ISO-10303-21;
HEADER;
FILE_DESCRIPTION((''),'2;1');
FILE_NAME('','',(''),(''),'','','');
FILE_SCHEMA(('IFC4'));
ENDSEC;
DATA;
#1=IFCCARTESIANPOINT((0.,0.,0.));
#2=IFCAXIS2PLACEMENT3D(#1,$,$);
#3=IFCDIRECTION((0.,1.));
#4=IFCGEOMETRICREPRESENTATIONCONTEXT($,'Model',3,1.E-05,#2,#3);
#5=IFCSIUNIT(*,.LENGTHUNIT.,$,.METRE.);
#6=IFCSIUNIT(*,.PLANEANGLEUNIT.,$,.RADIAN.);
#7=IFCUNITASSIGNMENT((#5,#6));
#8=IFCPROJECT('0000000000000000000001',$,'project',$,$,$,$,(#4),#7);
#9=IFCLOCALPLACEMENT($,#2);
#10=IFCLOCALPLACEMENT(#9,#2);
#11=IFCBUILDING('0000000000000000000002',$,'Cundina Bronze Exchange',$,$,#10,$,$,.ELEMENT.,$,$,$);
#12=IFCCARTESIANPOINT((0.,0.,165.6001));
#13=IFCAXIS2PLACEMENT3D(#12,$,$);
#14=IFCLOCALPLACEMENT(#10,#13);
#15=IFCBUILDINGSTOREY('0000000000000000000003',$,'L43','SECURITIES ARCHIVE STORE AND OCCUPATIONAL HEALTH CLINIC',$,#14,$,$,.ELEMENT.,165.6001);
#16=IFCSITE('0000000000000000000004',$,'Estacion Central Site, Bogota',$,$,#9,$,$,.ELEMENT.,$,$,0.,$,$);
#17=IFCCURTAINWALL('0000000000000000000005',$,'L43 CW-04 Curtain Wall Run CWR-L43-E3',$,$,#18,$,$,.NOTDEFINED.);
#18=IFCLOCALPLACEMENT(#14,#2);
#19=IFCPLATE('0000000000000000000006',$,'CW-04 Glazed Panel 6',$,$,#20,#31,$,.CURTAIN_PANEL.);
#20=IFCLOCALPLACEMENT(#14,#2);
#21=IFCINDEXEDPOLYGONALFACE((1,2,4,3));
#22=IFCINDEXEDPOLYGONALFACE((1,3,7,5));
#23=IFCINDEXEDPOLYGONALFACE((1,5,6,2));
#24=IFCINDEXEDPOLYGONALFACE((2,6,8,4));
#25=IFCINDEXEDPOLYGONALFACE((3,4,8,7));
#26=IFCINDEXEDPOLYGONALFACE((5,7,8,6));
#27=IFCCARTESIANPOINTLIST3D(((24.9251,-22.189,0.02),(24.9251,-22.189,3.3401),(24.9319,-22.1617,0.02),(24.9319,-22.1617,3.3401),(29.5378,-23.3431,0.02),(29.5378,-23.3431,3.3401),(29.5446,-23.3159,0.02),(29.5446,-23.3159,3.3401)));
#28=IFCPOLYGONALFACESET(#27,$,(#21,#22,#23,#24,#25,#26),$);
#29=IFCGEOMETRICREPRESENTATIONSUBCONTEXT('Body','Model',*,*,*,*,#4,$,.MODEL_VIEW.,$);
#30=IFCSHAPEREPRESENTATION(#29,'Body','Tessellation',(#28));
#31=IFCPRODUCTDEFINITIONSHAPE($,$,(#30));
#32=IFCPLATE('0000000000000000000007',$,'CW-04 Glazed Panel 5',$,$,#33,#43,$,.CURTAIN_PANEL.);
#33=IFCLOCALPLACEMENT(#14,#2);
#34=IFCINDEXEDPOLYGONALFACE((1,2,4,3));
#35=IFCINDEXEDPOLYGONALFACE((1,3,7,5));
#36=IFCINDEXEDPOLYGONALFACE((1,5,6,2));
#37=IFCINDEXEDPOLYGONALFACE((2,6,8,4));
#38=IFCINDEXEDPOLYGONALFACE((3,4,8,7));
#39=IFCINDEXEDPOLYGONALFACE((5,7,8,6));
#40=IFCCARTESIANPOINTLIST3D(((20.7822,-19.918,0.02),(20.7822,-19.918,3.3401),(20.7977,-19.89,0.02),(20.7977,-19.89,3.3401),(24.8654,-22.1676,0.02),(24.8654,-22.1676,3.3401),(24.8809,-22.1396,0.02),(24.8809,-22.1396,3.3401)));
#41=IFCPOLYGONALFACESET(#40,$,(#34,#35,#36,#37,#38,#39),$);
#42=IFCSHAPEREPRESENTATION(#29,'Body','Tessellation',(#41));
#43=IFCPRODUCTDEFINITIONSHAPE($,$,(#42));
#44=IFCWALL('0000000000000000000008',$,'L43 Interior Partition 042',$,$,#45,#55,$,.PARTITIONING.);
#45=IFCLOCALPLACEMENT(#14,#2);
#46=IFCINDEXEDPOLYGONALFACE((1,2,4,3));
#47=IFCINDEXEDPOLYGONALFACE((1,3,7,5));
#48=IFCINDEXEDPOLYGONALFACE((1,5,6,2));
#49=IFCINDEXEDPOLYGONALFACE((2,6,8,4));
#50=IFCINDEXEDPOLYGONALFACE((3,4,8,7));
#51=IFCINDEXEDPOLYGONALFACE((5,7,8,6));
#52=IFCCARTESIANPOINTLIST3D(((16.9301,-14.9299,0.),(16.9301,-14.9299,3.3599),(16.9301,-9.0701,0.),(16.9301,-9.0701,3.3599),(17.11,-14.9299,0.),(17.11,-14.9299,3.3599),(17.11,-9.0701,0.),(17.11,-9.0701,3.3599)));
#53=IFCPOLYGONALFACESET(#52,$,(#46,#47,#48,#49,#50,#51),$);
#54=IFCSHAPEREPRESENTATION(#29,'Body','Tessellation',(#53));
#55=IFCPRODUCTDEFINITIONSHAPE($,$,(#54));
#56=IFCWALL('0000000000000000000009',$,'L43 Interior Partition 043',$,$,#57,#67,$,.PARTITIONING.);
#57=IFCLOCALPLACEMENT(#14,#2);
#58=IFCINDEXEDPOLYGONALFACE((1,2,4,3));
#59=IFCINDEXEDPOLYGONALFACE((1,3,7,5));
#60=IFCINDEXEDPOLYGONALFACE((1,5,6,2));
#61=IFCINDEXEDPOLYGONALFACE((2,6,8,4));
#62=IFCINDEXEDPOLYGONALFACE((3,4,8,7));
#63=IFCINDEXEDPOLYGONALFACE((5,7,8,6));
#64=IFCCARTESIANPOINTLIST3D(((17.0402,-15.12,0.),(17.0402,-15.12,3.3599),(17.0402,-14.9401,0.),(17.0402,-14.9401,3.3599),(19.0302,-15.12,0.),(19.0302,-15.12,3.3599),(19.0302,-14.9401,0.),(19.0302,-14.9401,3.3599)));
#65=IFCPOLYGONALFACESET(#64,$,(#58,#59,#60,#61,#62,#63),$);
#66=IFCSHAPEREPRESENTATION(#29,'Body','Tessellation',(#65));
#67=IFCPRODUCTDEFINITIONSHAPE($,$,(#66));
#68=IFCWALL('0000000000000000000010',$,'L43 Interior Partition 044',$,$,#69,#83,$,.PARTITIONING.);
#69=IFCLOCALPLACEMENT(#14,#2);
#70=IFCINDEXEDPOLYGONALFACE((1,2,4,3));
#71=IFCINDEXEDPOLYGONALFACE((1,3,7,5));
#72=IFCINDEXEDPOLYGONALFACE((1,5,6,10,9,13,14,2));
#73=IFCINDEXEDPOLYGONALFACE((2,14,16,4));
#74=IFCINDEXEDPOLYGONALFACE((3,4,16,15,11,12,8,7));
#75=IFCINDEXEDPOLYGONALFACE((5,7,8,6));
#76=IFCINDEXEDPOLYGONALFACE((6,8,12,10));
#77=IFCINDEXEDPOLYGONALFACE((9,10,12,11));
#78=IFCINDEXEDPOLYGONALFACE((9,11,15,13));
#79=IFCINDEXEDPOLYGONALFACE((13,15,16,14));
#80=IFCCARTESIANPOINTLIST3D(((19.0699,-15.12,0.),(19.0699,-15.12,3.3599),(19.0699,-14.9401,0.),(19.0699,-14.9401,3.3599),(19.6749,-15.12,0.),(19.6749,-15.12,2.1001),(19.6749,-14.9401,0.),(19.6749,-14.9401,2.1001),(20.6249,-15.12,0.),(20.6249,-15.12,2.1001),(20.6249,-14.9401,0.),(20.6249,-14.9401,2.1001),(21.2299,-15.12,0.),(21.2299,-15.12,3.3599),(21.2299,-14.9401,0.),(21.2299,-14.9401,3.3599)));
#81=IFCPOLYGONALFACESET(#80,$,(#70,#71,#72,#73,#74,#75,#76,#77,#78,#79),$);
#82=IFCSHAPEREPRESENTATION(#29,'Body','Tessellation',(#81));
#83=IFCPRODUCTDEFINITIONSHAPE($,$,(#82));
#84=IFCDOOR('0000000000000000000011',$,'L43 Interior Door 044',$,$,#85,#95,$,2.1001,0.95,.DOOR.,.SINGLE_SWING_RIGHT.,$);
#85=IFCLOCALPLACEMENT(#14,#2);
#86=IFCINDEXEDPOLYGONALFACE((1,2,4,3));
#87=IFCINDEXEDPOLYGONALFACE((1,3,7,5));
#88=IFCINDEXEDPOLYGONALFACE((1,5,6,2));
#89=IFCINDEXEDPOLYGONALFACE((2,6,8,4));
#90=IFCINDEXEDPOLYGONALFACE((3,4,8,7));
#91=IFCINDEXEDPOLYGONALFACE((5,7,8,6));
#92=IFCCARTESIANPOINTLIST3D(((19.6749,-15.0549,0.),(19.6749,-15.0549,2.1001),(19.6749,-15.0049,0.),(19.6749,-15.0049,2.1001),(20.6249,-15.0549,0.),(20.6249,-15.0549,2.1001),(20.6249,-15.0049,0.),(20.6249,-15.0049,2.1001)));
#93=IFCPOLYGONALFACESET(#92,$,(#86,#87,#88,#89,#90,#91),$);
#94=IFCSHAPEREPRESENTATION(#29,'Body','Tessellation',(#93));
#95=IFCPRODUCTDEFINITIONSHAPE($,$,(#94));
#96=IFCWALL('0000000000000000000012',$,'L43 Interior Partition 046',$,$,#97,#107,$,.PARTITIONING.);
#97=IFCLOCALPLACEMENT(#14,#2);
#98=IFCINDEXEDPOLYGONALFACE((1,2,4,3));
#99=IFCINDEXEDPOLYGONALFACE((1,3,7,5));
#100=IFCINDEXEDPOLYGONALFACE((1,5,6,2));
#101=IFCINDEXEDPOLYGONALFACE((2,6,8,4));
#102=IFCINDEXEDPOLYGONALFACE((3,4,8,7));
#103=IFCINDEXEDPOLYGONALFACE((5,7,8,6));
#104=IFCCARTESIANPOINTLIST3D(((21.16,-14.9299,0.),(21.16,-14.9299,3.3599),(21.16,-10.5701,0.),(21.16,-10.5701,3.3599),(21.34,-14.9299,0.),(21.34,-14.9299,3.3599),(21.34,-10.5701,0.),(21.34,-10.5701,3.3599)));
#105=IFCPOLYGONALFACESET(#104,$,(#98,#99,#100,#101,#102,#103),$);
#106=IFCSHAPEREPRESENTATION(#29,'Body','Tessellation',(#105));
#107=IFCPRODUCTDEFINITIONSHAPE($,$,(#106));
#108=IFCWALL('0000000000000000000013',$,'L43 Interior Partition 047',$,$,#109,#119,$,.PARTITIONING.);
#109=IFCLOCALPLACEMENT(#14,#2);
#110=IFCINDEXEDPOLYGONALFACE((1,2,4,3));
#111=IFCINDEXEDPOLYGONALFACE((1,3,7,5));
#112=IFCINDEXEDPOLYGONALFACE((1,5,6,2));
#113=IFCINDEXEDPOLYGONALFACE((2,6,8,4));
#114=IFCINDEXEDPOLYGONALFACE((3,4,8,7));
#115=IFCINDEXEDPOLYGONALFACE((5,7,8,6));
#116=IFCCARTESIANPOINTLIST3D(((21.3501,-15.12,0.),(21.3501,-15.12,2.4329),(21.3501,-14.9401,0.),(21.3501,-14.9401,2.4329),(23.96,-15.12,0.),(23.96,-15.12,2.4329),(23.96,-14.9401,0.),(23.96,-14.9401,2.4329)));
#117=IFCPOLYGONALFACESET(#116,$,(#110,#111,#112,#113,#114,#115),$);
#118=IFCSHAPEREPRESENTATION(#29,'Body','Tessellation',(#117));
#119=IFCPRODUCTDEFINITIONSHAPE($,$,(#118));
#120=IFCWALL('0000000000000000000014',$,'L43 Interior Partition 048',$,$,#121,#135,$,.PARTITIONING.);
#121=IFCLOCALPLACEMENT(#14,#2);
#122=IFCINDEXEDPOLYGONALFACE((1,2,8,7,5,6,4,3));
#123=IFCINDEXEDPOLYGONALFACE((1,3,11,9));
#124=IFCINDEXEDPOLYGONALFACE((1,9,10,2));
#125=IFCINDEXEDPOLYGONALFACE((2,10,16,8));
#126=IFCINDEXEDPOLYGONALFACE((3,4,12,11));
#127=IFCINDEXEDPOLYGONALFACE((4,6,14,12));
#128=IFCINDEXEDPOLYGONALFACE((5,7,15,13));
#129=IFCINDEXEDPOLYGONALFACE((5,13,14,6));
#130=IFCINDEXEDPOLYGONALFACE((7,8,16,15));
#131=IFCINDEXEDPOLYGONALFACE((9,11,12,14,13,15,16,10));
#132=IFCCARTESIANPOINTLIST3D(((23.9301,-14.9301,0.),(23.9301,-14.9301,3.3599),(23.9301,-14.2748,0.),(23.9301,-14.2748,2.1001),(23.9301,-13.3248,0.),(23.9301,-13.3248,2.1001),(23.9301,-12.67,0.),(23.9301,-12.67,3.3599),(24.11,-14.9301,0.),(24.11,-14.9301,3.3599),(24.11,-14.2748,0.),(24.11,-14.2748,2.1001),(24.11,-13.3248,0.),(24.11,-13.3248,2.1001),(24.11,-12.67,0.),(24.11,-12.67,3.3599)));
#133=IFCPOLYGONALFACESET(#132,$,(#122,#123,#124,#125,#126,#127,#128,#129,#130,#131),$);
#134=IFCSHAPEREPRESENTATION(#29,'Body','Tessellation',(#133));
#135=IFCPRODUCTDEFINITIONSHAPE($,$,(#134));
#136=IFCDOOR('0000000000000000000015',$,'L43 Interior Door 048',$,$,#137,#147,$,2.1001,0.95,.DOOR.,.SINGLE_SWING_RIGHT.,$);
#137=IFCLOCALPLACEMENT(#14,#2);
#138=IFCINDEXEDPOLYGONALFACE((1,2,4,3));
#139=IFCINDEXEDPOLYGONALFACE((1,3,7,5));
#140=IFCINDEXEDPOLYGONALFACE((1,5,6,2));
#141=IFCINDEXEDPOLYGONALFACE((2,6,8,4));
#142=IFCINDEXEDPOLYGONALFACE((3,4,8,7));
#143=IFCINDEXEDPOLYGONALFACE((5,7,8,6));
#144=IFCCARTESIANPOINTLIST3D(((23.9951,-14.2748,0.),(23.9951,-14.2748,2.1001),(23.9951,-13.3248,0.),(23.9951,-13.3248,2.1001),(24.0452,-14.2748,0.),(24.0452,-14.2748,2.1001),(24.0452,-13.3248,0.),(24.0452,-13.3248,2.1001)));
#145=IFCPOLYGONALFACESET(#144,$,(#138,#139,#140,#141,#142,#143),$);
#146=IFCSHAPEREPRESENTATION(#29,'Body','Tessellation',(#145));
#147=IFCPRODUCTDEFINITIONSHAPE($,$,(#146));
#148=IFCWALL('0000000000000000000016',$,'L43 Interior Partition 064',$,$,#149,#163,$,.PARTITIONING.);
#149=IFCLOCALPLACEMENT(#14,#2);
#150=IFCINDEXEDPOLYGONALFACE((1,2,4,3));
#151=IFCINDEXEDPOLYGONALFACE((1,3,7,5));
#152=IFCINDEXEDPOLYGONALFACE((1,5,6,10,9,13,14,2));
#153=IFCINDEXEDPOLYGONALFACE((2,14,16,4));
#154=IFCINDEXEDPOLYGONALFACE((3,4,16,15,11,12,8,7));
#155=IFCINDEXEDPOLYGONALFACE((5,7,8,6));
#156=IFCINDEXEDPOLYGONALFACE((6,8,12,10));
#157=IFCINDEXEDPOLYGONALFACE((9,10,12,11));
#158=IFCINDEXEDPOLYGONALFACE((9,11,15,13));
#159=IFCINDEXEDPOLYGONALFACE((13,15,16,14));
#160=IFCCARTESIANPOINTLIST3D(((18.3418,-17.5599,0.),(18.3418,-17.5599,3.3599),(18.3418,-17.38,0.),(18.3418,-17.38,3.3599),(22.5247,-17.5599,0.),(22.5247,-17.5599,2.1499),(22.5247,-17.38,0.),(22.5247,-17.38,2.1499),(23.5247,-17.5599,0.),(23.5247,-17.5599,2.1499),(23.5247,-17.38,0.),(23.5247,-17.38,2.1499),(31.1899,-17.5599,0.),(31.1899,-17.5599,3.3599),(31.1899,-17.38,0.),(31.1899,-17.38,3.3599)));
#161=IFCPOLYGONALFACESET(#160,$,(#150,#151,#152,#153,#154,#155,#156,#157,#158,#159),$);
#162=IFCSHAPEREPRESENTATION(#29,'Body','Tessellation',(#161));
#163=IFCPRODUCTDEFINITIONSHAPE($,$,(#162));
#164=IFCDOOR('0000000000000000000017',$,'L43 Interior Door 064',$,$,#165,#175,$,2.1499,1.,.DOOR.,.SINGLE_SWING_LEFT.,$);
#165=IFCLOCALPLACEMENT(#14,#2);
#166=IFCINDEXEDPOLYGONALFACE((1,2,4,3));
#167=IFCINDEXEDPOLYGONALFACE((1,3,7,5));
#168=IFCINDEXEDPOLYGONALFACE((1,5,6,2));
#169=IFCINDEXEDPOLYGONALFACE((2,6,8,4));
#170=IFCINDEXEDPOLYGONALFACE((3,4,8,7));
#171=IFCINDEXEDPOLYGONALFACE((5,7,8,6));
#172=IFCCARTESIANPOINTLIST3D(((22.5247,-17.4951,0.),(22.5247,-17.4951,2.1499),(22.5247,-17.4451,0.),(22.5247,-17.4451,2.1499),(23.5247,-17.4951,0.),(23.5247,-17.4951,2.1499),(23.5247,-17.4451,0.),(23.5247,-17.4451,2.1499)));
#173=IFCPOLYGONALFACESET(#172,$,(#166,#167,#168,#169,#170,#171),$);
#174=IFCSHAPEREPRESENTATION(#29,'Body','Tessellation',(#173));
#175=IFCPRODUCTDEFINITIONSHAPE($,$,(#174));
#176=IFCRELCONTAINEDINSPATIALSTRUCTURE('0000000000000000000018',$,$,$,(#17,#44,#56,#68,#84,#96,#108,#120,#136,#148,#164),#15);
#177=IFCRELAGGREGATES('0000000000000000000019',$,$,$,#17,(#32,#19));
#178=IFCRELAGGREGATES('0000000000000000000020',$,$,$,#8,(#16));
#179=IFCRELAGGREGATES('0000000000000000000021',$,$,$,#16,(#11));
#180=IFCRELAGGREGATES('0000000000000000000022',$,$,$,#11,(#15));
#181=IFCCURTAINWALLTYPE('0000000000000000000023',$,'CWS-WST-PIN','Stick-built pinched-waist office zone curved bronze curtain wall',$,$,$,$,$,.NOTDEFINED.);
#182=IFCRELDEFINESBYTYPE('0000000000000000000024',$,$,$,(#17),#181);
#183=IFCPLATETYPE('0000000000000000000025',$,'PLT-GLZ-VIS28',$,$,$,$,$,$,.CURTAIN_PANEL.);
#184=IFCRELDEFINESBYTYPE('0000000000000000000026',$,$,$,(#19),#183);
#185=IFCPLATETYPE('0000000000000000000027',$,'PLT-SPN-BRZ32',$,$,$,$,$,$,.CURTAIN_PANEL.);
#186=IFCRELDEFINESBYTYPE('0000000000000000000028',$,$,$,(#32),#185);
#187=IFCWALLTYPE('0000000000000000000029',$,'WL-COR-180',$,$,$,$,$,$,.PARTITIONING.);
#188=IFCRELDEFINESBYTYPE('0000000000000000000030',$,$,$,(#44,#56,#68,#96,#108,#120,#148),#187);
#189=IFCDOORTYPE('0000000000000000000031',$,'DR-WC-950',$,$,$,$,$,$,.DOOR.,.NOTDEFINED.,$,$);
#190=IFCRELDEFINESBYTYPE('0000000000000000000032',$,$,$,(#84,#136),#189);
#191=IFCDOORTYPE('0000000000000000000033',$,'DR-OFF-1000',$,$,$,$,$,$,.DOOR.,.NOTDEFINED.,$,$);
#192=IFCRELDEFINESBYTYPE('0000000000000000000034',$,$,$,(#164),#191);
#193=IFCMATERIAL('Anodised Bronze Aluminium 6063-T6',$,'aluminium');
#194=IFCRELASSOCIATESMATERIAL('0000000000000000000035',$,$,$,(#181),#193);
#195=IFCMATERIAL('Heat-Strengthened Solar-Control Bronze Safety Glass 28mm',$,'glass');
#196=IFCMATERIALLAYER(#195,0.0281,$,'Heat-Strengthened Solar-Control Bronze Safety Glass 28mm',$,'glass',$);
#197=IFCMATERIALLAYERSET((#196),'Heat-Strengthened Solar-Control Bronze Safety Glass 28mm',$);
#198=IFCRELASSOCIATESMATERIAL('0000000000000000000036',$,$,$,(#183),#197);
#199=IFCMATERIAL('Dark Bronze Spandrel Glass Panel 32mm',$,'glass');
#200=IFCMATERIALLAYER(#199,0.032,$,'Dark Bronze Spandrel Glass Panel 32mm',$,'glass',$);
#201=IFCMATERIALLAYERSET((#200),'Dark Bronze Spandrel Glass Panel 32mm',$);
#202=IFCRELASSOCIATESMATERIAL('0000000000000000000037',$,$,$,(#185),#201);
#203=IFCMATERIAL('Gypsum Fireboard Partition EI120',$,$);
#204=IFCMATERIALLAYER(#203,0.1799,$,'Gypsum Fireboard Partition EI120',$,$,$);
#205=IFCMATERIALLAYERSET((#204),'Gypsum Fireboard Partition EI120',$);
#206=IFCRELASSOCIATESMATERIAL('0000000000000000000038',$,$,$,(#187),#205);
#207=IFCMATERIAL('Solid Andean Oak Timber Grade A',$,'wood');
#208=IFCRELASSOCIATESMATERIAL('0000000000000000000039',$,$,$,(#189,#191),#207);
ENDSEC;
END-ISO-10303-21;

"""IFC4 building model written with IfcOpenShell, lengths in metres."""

from ifc_helpers import new_model, si_unit, direction, frame, frame_2d, origin, origin_2d, place, context, subcontext, project, spatial, rectangle, extrude, material, layer, layer_set, type_object, element, fill, aggregate, save


model = new_model("IFC4")

# Units and contexts
model_context = context("Model", 3, precision=1e-05, world=origin(), true_north=direction((0.0, 1.0)))
body_context = subcontext(model_context, "Body", "Model", "MODEL_VIEW")
ifc_project = project(units=[si_unit("LENGTHUNIT", "METRE"), si_unit("PLANEANGLEUNIT", "RADIAN")], contexts=[model_context])

# Site, building, storey
site_placement = place(None, origin())
site = spatial("IfcSite", under=ifc_project, at=site_placement, Name="Estacion Central Site, Bogota", CompositionType="ELEMENT", RefElevation=0.0)
building_placement = place(site_placement, origin())
building = spatial("IfcBuilding", under=site, at=building_placement, Name="Cundina Bronze Exchange", CompositionType="ELEMENT")
storey_placement = place(building_placement, frame((0.0, 0.0, 165.6001)))
storey = spatial("IfcBuildingStorey", under=building, at=storey_placement, Name="L43", Description="SECURITIES ARCHIVE STORE AND OCCUPATIONAL HEALTH CLINIC", CompositionType="ELEMENT", Elevation=165.6001)

# Curtain wall, plates
ifc_material_1 = material(Name="Anodised Bronze Aluminium 6063-T6", Category="aluminium")
curtain_wall_type = type_object("IfcCurtainWallType", Name="CWS-WST-PIN", Description="Stick-built pinched-waist office zone curved bronze curtain wall", PredefinedType="NOTDEFINED", material=ifc_material_1)
curtain_wall_placement = place(storey_placement, origin())
curtain_wall = element("IfcCurtainWall", 1, at=curtain_wall_placement, inside=storey, type_object=curtain_wall_type, Name="L43 CW-04 Curtain Wall Run CWR-L43-E3", PredefinedType="NOTDEFINED")
ifc_material_2 = material(Name="Heat-Strengthened Solar-Control Bronze Safety Glass 28mm", Category="glass")
ifc_layer_1 = layer(ifc_material_2, 0.0281, Name="Heat-Strengthened Solar-Control Bronze Safety Glass 28mm", Category="glass")
ifc_layer_set_1 = layer_set([ifc_layer_1], Name="Heat-Strengthened Solar-Control Bronze Safety Glass 28mm")
plate_type_1 = type_object("IfcPlateType", Name="PLT-GLZ-VIS28", PredefinedType="CURTAIN_PANEL", material=ifc_layer_set_1)
plate_1_placement = place(storey_placement, frame((27.2349, -22.7524, 0.02), z_axis=(0.0, 0.0, 1.0), x_axis=(0.970093, -0.242735, 0.0)))
plate_1 = element("IfcPlate", 2, at=plate_1_placement, type_object=plate_type_1, Name="CW-04 Glazed Panel 6", PredefinedType="CURTAIN_PANEL", context=body_context, shape_type="SweptSolid", body=[
    extrude(rectangle(XDim=4.7549, YDim=0.0281, at=origin_2d()), origin(), (0.0, 0.0, 1.0), 3.3201),
])
ifc_material_3 = material(Name="Dark Bronze Spandrel Glass Panel 32mm", Category="glass")
ifc_layer_2 = layer(ifc_material_3, 0.032, Name="Dark Bronze Spandrel Glass Panel 32mm", Category="glass")
ifc_layer_set_2 = layer_set([ifc_layer_2], Name="Dark Bronze Spandrel Glass Panel 32mm")
plate_type_2 = type_object("IfcPlateType", Name="PLT-SPN-BRZ32", PredefinedType="CURTAIN_PANEL", material=ifc_layer_set_2)
plate_2_placement = place(storey_placement, frame((22.8315, -21.0288, 0.02), z_axis=(0.0, 0.0, 1.0), x_axis=(0.875869, -0.482549, 0.0)))
plate_2 = element("IfcPlate", 3, at=plate_2_placement, type_object=plate_type_2, Name="CW-04 Glazed Panel 5", PredefinedType="CURTAIN_PANEL", context=body_context, shape_type="SweptSolid", body=[
    extrude(rectangle(XDim=4.6619, YDim=0.032, at=origin_2d()), origin(), (0.0, 0.0, 1.0), 3.3201),
])
aggregate(curtain_wall, [plate_2, plate_1])

# Walls
ifc_material_4 = material(Name="Gypsum Fireboard Partition EI120")
ifc_layer_3 = layer(ifc_material_4, 0.1799, Name="Gypsum Fireboard Partition EI120")
ifc_layer_set_3 = layer_set([ifc_layer_3], Name="Gypsum Fireboard Partition EI120")
wall_type_1 = type_object("IfcWallType", Name="WL-COR-180", PredefinedType="PARTITIONING", material=ifc_layer_set_3)
wall_1_placement = place(storey_placement, frame((17.02, -14.9299, 0.0), z_axis=(0.0, 0.0, 1.0), x_axis=(0.0, 1.0, 0.0)))
element("IfcWall", 4, at=wall_1_placement, inside=storey, type_object=wall_type_1, Name="L43 Interior Partition 042", PredefinedType="PARTITIONING", context=body_context, shape_type="SweptSolid", body=[
    extrude(rectangle(XDim=5.8599, YDim=0.1799, at=frame_2d((2.9299, 0.0))), origin(), (0.0, 0.0, 1.0), 3.3599),
])
wall_2_placement = place(storey_placement, frame((17.04, -15.03, 0.0), z_axis=(0.0, 0.0, 1.0), x_axis=(1.0, 0.0, 0.0)))
element("IfcWall", 5, at=wall_2_placement, inside=storey, type_object=wall_type_1, Name="L43 Interior Partition 043", PredefinedType="PARTITIONING", context=body_context, shape_type="SweptSolid", body=[
    extrude(rectangle(XDim=1.99, YDim=0.1799, at=frame_2d((0.9951, 0.0))), origin(), (0.0, 0.0, 1.0), 3.3599),
])

# Wall, opening, door
wall_3_placement = place(storey_placement, frame((21.23, -15.03, 0.0), z_axis=(0.0, 0.0, 1.0), x_axis=(-1.0, 0.0, 0.0)))
wall_3 = element("IfcWall", 6, at=wall_3_placement, inside=storey, type_object=wall_type_1, Name="L43 Interior Partition 044", PredefinedType="PARTITIONING", context=body_context, shape_type="SweptSolid", body=[
    extrude(rectangle(XDim=2.1599, YDim=0.1799, at=frame_2d((1.0801, 0.0))), origin(), (0.0, 0.0, 1.0), 3.3599),
])
opening_1_placement = place(wall_3_placement, frame((0.605, 0.0, 0.0)))
opening_1 = element("IfcOpeningElement", 7, at=opening_1_placement, cuts=wall_3, PredefinedType="OPENING", context=body_context, shape_type="SweptSolid", body=[
    extrude(rectangle(XDim=0.95, YDim=2.1001, at=frame_2d((0.4751, 1.05))), frame((0.0, 0.0999, 0.0), z_axis=(0.0, -1.0, 0.0), x_axis=(1.0, 0.0, 0.0)), (0.0, 0.0, 1.0), 0.2),
])
ifc_material_5 = material(Name="Solid Andean Oak Timber Grade A", Category="wood")
door_type_1 = type_object("IfcDoorType", Name="DR-WC-950", OperationType="NOTDEFINED", PredefinedType="DOOR", material=ifc_material_5)
door_1_placement = place(opening_1_placement, origin())
door_1 = element("IfcDoor", 8, at=door_1_placement, inside=storey, type_object=door_type_1, Name="L43 Interior Door 044", OperationType="SINGLE_SWING_RIGHT", OverallHeight=2.1001, OverallWidth=0.95, PredefinedType="DOOR", context=body_context, shape_type="SweptSolid", body=[
    extrude(rectangle(XDim=0.95, YDim=2.1001, at=frame_2d((0.4751, 1.05))), frame((0.0, 0.0249, 0.0), z_axis=(0.0, -1.0, 0.0), x_axis=(1.0, 0.0, 0.0)), (0.0, 0.0, 1.0), 0.05),
])
fill(opening_1, door_1)

# Walls
wall_4_placement = place(storey_placement, frame((21.25, -14.9299, 0.0), z_axis=(0.0, 0.0, 1.0), x_axis=(0.0, 1.0, 0.0)))
element("IfcWall", 9, at=wall_4_placement, inside=storey, type_object=wall_type_1, Name="L43 Interior Partition 046", PredefinedType="PARTITIONING", context=body_context, shape_type="SweptSolid", body=[
    extrude(rectangle(XDim=4.3599, YDim=0.1799, at=frame_2d((2.1799, 0.0))), origin(), (0.0, 0.0, 1.0), 3.3599),
])
wall_5_placement = place(storey_placement, frame((21.3501, -15.03, 0.0), z_axis=(0.0, 0.0, 1.0), x_axis=(1.0, 0.0, 0.0)))
element("IfcWall", 10, at=wall_5_placement, inside=storey, type_object=wall_type_1, Name="L43 Interior Partition 047", PredefinedType="PARTITIONING", context=body_context, shape_type="SweptSolid", body=[
    extrude(rectangle(XDim=2.6099, YDim=0.1799, at=frame_2d((1.3049, 0.0))), origin(), (0.0, 0.0, 1.0), 2.4329),
])

# Walls, openings, doors
wall_6_placement = place(storey_placement, frame((24.02, -14.9299, 0.0), z_axis=(0.0, 0.0, 1.0), x_axis=(0.0, 1.0, 0.0)))
wall_6 = element("IfcWall", 11, at=wall_6_placement, inside=storey, type_object=wall_type_1, Name="L43 Interior Partition 048", PredefinedType="PARTITIONING", context=body_context, shape_type="SweptSolid", body=[
    extrude(rectangle(XDim=2.26, YDim=0.1799, at=frame_2d((1.1299, 0.0))), origin(), (0.0, 0.0, 1.0), 3.3599),
])
opening_2_placement = place(wall_6_placement, frame((0.655, 0.0, 0.0)))
opening_2 = element("IfcOpeningElement", 12, at=opening_2_placement, cuts=wall_6, PredefinedType="OPENING", context=body_context, shape_type="SweptSolid", body=[
    extrude(rectangle(XDim=0.95, YDim=2.1001, at=frame_2d((0.4751, 1.05))), frame((0.0, 0.0999, 0.0), z_axis=(0.0, -1.0, 0.0), x_axis=(1.0, 0.0, 0.0)), (0.0, 0.0, 1.0), 0.2),
])
door_2_placement = place(opening_2_placement, origin())
door_2 = element("IfcDoor", 13, at=door_2_placement, inside=storey, type_object=door_type_1, Name="L43 Interior Door 048", OperationType="SINGLE_SWING_RIGHT", OverallHeight=2.1001, OverallWidth=0.95, PredefinedType="DOOR", context=body_context, shape_type="SweptSolid", body=[
    extrude(rectangle(XDim=0.95, YDim=2.1001, at=frame_2d((0.4751, 1.05))), frame((0.0, 0.0249, 0.0), z_axis=(0.0, -1.0, 0.0), x_axis=(1.0, 0.0, 0.0)), (0.0, 0.0, 1.0), 0.05),
])
fill(opening_2, door_2)
wall_7_placement = place(storey_placement, frame((18.3418, -17.47, 0.0), z_axis=(0.0, 0.0, 1.0), x_axis=(1.0, 0.0, 0.0)))
wall_7 = element("IfcWall", 14, at=wall_7_placement, inside=storey, type_object=wall_type_1, Name="L43 Interior Partition 064", PredefinedType="PARTITIONING", context=body_context, shape_type="SweptSolid", body=[
    extrude(rectangle(XDim=12.8481, YDim=0.1799, at=frame_2d((6.4241, 0.0))), origin(), (0.0, 0.0, 1.0), 3.3599),
])
opening_3_placement = place(wall_7_placement, frame((4.1829, 0.0, 0.0)))
opening_3 = element("IfcOpeningElement", 15, at=opening_3_placement, cuts=wall_7, PredefinedType="OPENING", context=body_context, shape_type="SweptSolid", body=[
    extrude(rectangle(XDim=1.0, YDim=2.1499, at=frame_2d((0.5, 1.075))), frame((0.0, 0.0999, 0.0), z_axis=(0.0, -1.0, 0.0), x_axis=(1.0, 0.0, 0.0)), (0.0, 0.0, 1.0), 0.2),
])
door_type_2 = type_object("IfcDoorType", Name="DR-OFF-1000", OperationType="NOTDEFINED", PredefinedType="DOOR", material=ifc_material_5)
door_3_placement = place(opening_3_placement, origin())
door_3 = element("IfcDoor", 16, at=door_3_placement, inside=storey, type_object=door_type_2, Name="L43 Interior Door 064", OperationType="SINGLE_SWING_LEFT", OverallHeight=2.1499, OverallWidth=1.0, PredefinedType="DOOR", context=body_context, shape_type="SweptSolid", body=[
    extrude(rectangle(XDim=1.0, YDim=2.1499, at=frame_2d((0.5, 1.075))), frame((0.0, 0.0249, 0.0), z_axis=(0.0, -1.0, 0.0), x_axis=(1.0, 0.0, 0.0)), (0.0, 0.0, 1.0), 0.05),
])
fill(opening_3, door_3)

save(model, "model.ifc")
